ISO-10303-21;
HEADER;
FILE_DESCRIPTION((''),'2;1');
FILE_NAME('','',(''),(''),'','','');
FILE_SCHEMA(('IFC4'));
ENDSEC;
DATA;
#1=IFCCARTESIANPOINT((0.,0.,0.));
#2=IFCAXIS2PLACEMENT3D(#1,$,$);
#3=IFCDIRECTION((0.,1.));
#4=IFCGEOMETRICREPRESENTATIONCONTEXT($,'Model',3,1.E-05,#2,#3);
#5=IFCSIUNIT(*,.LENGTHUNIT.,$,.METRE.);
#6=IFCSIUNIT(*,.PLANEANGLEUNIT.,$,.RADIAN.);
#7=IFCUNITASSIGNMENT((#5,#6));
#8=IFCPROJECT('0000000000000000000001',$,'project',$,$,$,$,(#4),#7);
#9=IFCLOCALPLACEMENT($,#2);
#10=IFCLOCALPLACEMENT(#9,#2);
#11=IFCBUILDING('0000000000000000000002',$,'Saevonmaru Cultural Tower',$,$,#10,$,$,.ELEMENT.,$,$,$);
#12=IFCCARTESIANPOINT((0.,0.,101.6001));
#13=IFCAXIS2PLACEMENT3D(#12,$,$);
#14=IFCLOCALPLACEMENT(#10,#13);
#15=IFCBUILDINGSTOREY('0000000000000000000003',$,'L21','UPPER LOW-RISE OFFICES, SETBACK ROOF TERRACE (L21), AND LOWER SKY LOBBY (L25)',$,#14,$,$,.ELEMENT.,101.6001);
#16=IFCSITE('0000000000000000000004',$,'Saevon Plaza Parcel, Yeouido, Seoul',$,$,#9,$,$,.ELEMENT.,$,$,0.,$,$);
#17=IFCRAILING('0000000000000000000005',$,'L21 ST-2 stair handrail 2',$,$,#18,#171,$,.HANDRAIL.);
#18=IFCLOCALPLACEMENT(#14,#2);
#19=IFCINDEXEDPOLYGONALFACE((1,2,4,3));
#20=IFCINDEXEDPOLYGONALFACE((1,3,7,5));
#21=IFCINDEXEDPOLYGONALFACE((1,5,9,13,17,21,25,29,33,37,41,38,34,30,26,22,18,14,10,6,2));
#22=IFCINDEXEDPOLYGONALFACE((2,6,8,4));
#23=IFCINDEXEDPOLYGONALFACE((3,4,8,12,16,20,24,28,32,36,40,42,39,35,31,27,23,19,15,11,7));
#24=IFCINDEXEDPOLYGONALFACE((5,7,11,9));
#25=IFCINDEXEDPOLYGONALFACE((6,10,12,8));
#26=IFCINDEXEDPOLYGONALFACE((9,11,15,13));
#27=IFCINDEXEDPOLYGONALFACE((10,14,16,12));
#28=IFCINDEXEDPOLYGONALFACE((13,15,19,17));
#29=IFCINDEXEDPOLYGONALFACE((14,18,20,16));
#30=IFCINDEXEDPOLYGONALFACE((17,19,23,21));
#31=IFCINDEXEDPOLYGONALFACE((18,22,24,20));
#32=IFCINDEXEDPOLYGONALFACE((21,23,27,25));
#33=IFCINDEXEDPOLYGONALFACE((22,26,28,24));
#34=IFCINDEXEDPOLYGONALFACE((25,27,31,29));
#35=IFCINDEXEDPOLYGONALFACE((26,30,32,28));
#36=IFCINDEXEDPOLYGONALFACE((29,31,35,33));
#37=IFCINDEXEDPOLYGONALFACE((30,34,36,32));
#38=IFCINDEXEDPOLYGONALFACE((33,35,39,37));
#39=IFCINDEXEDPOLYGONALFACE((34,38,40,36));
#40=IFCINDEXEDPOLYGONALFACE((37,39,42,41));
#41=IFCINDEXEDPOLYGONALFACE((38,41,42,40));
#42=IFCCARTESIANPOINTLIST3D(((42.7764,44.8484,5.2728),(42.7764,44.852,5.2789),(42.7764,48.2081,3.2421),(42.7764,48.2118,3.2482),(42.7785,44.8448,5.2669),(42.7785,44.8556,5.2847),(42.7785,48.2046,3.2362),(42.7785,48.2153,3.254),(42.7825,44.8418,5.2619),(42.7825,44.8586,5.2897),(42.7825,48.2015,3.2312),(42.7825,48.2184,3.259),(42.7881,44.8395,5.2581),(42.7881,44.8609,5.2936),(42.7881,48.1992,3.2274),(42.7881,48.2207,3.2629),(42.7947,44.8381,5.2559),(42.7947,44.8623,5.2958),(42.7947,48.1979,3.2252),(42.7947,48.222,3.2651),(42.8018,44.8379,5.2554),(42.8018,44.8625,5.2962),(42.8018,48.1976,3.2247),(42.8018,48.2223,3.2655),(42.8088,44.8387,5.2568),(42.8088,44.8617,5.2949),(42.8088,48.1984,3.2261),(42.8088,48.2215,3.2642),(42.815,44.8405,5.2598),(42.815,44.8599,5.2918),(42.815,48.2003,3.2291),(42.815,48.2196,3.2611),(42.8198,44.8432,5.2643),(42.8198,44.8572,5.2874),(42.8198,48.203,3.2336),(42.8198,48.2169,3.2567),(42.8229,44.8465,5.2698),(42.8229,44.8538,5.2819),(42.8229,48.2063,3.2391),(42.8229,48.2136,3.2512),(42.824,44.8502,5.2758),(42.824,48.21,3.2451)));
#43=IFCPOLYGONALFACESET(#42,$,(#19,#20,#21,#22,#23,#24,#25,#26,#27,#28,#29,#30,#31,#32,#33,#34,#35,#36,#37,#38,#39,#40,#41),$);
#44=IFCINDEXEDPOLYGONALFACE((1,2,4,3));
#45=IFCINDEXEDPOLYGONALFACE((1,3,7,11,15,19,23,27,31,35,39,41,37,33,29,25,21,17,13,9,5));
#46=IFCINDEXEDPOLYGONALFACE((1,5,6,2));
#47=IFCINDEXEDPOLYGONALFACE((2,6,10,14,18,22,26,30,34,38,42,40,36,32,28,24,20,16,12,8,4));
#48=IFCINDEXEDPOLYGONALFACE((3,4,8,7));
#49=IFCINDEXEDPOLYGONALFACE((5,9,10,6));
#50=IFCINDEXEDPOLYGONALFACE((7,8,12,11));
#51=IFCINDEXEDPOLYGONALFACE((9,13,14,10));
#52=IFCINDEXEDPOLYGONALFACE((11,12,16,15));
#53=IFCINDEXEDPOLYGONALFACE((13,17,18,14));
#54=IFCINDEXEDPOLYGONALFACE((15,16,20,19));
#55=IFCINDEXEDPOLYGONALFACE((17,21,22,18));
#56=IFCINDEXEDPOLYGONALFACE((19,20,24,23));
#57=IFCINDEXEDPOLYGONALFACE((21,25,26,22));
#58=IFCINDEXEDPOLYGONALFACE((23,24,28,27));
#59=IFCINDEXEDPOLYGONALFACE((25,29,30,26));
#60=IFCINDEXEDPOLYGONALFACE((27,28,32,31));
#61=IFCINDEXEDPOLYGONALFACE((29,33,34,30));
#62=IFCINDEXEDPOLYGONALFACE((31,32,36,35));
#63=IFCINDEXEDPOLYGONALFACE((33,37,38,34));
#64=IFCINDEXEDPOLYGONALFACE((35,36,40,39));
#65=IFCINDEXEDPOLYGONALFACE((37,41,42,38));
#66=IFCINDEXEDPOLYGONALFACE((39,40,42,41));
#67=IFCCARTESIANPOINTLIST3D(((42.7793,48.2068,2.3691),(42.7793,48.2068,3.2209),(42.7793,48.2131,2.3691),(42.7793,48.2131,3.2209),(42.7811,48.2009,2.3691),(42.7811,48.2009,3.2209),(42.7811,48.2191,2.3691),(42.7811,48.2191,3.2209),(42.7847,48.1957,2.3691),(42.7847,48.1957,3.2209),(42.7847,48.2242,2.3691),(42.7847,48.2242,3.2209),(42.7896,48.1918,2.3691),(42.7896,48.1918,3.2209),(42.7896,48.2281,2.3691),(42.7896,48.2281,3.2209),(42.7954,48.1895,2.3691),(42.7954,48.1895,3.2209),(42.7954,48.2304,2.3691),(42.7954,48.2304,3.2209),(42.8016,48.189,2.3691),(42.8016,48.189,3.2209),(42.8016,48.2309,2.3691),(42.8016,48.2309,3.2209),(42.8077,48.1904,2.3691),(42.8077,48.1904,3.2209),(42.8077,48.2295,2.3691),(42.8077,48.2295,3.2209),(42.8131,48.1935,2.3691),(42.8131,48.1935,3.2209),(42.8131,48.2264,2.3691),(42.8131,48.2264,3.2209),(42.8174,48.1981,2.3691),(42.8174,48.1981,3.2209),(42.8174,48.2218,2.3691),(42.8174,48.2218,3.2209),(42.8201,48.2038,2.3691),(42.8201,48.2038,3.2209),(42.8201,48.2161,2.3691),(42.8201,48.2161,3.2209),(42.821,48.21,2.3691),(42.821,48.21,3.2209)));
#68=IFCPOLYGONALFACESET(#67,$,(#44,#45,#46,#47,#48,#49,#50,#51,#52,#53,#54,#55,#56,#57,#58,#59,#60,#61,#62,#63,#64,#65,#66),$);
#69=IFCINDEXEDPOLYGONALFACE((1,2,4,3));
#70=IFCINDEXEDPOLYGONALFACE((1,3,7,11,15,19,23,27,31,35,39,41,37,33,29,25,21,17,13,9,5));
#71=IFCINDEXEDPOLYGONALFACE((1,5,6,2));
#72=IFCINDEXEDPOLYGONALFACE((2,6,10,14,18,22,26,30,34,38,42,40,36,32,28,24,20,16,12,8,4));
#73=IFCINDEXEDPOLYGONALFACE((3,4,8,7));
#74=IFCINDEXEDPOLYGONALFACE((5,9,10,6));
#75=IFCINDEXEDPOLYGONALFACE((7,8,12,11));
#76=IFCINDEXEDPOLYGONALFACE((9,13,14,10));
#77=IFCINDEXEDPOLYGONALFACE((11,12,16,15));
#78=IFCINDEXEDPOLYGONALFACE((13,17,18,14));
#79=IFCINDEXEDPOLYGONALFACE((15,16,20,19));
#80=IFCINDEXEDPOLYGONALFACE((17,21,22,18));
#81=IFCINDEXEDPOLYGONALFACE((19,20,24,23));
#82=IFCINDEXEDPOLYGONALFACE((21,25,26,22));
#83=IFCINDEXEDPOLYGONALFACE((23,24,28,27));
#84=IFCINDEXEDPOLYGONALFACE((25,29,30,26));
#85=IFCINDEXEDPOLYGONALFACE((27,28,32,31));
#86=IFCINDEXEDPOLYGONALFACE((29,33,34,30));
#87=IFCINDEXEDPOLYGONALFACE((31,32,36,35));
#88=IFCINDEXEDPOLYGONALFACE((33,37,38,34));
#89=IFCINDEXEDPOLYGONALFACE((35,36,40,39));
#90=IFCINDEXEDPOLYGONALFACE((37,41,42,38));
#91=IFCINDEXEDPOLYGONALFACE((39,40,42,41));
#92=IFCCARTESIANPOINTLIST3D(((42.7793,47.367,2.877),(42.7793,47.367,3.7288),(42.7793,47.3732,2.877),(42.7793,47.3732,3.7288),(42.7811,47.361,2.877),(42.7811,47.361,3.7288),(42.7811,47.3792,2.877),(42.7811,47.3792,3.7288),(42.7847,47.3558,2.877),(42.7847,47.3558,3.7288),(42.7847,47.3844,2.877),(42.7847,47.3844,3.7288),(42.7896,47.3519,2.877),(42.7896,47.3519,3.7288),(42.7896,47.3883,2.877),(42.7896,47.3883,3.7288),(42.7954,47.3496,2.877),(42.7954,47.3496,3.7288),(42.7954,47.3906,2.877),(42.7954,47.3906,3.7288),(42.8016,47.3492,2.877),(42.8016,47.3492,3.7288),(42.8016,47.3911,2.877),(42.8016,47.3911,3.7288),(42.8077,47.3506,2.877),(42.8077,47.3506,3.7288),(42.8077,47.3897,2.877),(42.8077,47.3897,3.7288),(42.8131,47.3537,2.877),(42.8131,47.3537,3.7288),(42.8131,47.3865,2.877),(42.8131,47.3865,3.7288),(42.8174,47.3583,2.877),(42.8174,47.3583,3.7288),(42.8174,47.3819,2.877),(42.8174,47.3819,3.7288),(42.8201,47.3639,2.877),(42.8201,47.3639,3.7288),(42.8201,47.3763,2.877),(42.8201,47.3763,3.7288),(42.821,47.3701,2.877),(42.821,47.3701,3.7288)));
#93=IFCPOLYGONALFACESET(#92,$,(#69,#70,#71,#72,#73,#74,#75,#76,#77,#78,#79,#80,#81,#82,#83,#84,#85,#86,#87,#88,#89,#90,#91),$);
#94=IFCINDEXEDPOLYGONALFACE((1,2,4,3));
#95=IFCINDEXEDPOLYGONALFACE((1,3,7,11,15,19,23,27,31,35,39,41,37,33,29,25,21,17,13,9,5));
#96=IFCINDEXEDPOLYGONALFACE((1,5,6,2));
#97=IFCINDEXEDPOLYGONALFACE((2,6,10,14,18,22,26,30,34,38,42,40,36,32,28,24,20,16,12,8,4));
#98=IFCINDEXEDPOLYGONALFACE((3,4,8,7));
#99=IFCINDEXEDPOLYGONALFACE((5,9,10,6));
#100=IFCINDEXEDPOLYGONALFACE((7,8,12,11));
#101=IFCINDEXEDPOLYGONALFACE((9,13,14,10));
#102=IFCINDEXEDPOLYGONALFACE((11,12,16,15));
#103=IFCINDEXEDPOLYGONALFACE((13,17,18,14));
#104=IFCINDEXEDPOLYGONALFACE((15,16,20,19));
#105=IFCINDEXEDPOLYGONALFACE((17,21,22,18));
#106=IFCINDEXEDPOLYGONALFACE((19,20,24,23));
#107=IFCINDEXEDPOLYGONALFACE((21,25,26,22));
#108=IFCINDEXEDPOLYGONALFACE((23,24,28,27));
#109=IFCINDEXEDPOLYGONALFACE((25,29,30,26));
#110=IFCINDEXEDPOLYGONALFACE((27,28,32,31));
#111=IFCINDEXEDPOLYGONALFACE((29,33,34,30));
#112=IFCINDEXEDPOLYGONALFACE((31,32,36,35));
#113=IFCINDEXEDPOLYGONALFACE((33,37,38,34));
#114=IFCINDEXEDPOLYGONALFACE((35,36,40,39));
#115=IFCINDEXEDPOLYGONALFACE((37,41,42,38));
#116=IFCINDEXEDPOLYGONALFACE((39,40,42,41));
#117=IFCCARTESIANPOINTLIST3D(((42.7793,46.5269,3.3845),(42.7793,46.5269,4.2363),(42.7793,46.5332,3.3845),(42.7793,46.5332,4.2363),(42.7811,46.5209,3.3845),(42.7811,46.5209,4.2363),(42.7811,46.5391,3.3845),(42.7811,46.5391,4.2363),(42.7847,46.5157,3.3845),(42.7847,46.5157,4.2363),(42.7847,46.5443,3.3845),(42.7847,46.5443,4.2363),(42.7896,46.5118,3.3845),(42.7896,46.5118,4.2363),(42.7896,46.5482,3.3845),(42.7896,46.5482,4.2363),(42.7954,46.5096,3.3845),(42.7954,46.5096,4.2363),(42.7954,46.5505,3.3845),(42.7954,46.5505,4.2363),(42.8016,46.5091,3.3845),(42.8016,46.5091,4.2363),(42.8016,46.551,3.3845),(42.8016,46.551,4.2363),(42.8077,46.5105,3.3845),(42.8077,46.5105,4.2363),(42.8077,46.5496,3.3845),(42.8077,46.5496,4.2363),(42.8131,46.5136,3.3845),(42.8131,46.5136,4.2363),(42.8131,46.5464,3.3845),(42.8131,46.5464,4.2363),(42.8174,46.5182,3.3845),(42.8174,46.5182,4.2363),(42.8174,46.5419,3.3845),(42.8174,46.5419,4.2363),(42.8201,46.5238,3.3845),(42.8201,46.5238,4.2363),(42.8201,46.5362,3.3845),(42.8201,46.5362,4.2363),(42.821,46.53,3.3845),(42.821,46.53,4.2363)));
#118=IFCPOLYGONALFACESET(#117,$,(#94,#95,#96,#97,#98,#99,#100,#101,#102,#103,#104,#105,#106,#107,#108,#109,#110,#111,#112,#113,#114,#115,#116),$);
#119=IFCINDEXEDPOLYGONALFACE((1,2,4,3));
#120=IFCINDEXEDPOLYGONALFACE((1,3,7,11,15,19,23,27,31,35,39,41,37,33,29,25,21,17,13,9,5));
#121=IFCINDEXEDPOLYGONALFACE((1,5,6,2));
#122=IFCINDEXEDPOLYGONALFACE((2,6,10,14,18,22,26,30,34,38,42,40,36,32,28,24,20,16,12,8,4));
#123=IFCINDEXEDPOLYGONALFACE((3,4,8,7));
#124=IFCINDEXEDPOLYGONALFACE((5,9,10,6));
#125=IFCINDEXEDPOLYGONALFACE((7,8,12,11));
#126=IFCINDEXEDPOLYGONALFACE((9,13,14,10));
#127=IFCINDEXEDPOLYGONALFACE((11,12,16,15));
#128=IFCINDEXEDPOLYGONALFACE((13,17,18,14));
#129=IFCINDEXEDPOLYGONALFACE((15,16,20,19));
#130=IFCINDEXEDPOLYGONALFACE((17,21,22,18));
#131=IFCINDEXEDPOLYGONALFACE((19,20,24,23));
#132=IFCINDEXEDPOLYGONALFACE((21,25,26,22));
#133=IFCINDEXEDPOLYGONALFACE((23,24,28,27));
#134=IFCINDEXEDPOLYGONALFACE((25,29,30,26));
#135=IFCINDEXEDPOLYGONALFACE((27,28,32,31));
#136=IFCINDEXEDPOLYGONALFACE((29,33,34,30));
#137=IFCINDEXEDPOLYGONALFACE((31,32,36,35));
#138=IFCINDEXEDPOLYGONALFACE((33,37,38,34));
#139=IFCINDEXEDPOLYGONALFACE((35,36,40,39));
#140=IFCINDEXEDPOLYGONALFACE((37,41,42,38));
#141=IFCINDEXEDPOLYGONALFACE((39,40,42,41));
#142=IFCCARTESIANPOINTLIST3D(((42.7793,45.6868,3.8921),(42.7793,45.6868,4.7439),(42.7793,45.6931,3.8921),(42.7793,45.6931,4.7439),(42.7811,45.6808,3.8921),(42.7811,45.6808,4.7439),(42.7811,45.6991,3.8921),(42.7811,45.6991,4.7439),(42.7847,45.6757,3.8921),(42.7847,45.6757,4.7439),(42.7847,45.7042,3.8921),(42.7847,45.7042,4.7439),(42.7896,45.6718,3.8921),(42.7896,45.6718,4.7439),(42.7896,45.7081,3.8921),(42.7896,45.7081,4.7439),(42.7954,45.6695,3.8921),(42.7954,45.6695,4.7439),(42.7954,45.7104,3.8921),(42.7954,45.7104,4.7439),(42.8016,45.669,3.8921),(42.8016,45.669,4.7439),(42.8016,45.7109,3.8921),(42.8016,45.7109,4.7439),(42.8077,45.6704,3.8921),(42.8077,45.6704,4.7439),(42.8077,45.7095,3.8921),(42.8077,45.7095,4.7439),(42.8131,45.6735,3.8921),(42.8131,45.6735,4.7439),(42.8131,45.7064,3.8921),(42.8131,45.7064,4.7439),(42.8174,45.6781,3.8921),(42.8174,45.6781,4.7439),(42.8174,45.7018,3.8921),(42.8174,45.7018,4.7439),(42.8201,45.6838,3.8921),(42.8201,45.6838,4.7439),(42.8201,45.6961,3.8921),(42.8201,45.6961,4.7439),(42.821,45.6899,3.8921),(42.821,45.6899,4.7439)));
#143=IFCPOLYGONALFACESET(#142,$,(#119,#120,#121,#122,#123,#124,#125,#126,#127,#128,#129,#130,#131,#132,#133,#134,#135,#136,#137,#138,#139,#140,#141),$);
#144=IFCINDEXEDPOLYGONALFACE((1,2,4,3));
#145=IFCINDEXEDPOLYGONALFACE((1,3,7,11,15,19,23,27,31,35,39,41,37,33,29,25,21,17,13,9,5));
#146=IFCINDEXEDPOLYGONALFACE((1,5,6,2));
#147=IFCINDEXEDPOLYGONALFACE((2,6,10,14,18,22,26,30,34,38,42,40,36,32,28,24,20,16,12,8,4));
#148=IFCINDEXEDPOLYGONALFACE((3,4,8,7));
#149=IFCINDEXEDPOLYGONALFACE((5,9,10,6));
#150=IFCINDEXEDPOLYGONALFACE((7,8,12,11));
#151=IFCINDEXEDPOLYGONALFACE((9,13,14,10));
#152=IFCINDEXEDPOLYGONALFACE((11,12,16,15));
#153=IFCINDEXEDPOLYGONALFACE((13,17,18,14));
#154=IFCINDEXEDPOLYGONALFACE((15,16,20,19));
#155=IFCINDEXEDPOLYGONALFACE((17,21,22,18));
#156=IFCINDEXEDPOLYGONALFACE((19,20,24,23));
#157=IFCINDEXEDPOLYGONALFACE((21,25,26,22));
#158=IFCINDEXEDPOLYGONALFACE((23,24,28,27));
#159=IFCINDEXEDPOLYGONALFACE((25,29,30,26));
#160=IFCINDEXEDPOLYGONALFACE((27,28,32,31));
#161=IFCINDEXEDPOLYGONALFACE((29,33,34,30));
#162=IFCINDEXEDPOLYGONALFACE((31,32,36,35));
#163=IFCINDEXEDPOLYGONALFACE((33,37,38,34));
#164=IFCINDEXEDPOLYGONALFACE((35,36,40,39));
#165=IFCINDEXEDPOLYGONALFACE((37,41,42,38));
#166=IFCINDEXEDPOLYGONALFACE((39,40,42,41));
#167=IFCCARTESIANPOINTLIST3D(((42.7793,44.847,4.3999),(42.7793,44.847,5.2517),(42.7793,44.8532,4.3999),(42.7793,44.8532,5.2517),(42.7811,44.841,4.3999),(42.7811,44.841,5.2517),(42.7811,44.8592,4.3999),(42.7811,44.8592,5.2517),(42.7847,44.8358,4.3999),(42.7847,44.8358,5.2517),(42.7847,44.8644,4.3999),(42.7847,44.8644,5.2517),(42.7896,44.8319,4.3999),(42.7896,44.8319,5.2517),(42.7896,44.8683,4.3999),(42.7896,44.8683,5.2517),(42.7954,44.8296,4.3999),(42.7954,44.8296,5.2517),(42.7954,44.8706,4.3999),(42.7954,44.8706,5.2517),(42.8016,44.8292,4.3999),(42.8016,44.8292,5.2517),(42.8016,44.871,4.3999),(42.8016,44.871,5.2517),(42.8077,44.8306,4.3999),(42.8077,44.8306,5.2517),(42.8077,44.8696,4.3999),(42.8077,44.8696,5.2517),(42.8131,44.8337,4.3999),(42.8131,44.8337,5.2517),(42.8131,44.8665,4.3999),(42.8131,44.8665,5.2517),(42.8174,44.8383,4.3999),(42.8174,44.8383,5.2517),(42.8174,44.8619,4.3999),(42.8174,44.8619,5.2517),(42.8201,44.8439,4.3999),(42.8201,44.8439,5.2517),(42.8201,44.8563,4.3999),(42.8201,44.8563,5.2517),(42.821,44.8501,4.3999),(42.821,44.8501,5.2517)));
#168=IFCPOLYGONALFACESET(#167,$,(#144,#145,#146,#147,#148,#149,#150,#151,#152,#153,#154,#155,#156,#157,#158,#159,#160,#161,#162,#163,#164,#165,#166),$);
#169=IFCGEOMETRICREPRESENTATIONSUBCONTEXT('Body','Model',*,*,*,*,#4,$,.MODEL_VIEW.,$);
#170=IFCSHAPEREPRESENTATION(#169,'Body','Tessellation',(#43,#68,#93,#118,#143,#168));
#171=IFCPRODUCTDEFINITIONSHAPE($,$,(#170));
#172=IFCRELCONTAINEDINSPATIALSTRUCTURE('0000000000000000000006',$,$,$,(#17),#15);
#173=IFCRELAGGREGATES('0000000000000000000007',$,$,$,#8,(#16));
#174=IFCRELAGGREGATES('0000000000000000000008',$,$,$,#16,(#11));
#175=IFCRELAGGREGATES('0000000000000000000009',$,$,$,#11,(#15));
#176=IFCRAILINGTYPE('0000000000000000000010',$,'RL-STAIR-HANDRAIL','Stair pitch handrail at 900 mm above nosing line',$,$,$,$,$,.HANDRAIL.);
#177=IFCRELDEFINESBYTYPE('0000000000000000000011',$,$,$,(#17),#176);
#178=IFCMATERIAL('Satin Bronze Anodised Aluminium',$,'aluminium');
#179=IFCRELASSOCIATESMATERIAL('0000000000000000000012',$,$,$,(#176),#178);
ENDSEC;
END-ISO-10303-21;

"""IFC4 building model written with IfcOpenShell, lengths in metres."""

from ifc_helpers import new_model, si_unit, direction, frame, origin, origin_2d, place, context, subcontext, project, spatial, circle, extrude, material, type_object, element, save


model = new_model("IFC4")

# Units and contexts
model_context = context("Model", 3, precision=1e-05, world=origin(), true_north=direction((0.0, 1.0)))
body_context = subcontext(model_context, "Body", "Model", "MODEL_VIEW")
ifc_project = project(units=[si_unit("LENGTHUNIT", "METRE"), si_unit("PLANEANGLEUNIT", "RADIAN")], contexts=[model_context])

# Site, building, storey
site_placement = place(None, origin())
site = spatial("IfcSite", under=ifc_project, at=site_placement, Name="Saevon Plaza Parcel, Yeouido, Seoul", CompositionType="ELEMENT", RefElevation=0.0)
building_placement = place(site_placement, origin())
building = spatial("IfcBuilding", under=site, at=building_placement, Name="Saevonmaru Cultural Tower", CompositionType="ELEMENT")
storey_placement = place(building_placement, frame((0.0, 0.0, 101.6001)))
storey = spatial("IfcBuildingStorey", under=building, at=storey_placement, Name="L21", Description="UPPER LOW-RISE OFFICES, SETBACK ROOF TERRACE (L21), AND LOWER SKY LOBBY (L25)", CompositionType="ELEMENT", Elevation=101.6001)

# Shared definitions
ifc_material_1 = material(Name="Satin Bronze Anodised Aluminium", Category="aluminium")

# Railing
railing_type = type_object("IfcRailingType", Name="RL-STAIR-HANDRAIL", Description="Stair pitch handrail at 900 mm above nosing line", PredefinedType="HANDRAIL", material=ifc_material_1)
railing_placement = place(storey_placement, frame((42.8, 48.21, 2.3691)))
element("IfcRailing", 1, at=railing_placement, inside=storey, type_object=railing_type, Name="L21 ST-2 stair handrail 2", PredefinedType="HANDRAIL", context=body_context, shape_type="SweptSolid", body=[
    extrude(circle(Radius=0.0239, at=origin_2d()), frame((0.0, 0.0, 0.876), z_axis=(0.0, -0.85582, 0.517273), x_axis=(1.0, 0.0, 0.0)), (0.0, 0.0, 1.0), 3.9258),
    extrude(circle(Radius=0.021, at=origin_2d()), origin(), (0.0, 0.0, 1.0), 0.8518),
    extrude(circle(Radius=0.021, at=origin_2d()), frame((0.0, -0.8398, 0.5078)), (0.0, 0.0, 1.0), 0.8518),
    extrude(circle(Radius=0.021, at=origin_2d()), frame((0.0, -1.6799, 1.0154)), (0.0, 0.0, 1.0), 0.8518),
    extrude(circle(Radius=0.021, at=origin_2d()), frame((0.0, -2.52, 1.5229)), (0.0, 0.0, 1.0), 0.8518),
    extrude(circle(Radius=0.021, at=origin_2d()), frame((0.0, -3.3599, 2.0308)), (0.0, 0.0, 1.0), 0.8518),
])

save(model, "model.ifc")
